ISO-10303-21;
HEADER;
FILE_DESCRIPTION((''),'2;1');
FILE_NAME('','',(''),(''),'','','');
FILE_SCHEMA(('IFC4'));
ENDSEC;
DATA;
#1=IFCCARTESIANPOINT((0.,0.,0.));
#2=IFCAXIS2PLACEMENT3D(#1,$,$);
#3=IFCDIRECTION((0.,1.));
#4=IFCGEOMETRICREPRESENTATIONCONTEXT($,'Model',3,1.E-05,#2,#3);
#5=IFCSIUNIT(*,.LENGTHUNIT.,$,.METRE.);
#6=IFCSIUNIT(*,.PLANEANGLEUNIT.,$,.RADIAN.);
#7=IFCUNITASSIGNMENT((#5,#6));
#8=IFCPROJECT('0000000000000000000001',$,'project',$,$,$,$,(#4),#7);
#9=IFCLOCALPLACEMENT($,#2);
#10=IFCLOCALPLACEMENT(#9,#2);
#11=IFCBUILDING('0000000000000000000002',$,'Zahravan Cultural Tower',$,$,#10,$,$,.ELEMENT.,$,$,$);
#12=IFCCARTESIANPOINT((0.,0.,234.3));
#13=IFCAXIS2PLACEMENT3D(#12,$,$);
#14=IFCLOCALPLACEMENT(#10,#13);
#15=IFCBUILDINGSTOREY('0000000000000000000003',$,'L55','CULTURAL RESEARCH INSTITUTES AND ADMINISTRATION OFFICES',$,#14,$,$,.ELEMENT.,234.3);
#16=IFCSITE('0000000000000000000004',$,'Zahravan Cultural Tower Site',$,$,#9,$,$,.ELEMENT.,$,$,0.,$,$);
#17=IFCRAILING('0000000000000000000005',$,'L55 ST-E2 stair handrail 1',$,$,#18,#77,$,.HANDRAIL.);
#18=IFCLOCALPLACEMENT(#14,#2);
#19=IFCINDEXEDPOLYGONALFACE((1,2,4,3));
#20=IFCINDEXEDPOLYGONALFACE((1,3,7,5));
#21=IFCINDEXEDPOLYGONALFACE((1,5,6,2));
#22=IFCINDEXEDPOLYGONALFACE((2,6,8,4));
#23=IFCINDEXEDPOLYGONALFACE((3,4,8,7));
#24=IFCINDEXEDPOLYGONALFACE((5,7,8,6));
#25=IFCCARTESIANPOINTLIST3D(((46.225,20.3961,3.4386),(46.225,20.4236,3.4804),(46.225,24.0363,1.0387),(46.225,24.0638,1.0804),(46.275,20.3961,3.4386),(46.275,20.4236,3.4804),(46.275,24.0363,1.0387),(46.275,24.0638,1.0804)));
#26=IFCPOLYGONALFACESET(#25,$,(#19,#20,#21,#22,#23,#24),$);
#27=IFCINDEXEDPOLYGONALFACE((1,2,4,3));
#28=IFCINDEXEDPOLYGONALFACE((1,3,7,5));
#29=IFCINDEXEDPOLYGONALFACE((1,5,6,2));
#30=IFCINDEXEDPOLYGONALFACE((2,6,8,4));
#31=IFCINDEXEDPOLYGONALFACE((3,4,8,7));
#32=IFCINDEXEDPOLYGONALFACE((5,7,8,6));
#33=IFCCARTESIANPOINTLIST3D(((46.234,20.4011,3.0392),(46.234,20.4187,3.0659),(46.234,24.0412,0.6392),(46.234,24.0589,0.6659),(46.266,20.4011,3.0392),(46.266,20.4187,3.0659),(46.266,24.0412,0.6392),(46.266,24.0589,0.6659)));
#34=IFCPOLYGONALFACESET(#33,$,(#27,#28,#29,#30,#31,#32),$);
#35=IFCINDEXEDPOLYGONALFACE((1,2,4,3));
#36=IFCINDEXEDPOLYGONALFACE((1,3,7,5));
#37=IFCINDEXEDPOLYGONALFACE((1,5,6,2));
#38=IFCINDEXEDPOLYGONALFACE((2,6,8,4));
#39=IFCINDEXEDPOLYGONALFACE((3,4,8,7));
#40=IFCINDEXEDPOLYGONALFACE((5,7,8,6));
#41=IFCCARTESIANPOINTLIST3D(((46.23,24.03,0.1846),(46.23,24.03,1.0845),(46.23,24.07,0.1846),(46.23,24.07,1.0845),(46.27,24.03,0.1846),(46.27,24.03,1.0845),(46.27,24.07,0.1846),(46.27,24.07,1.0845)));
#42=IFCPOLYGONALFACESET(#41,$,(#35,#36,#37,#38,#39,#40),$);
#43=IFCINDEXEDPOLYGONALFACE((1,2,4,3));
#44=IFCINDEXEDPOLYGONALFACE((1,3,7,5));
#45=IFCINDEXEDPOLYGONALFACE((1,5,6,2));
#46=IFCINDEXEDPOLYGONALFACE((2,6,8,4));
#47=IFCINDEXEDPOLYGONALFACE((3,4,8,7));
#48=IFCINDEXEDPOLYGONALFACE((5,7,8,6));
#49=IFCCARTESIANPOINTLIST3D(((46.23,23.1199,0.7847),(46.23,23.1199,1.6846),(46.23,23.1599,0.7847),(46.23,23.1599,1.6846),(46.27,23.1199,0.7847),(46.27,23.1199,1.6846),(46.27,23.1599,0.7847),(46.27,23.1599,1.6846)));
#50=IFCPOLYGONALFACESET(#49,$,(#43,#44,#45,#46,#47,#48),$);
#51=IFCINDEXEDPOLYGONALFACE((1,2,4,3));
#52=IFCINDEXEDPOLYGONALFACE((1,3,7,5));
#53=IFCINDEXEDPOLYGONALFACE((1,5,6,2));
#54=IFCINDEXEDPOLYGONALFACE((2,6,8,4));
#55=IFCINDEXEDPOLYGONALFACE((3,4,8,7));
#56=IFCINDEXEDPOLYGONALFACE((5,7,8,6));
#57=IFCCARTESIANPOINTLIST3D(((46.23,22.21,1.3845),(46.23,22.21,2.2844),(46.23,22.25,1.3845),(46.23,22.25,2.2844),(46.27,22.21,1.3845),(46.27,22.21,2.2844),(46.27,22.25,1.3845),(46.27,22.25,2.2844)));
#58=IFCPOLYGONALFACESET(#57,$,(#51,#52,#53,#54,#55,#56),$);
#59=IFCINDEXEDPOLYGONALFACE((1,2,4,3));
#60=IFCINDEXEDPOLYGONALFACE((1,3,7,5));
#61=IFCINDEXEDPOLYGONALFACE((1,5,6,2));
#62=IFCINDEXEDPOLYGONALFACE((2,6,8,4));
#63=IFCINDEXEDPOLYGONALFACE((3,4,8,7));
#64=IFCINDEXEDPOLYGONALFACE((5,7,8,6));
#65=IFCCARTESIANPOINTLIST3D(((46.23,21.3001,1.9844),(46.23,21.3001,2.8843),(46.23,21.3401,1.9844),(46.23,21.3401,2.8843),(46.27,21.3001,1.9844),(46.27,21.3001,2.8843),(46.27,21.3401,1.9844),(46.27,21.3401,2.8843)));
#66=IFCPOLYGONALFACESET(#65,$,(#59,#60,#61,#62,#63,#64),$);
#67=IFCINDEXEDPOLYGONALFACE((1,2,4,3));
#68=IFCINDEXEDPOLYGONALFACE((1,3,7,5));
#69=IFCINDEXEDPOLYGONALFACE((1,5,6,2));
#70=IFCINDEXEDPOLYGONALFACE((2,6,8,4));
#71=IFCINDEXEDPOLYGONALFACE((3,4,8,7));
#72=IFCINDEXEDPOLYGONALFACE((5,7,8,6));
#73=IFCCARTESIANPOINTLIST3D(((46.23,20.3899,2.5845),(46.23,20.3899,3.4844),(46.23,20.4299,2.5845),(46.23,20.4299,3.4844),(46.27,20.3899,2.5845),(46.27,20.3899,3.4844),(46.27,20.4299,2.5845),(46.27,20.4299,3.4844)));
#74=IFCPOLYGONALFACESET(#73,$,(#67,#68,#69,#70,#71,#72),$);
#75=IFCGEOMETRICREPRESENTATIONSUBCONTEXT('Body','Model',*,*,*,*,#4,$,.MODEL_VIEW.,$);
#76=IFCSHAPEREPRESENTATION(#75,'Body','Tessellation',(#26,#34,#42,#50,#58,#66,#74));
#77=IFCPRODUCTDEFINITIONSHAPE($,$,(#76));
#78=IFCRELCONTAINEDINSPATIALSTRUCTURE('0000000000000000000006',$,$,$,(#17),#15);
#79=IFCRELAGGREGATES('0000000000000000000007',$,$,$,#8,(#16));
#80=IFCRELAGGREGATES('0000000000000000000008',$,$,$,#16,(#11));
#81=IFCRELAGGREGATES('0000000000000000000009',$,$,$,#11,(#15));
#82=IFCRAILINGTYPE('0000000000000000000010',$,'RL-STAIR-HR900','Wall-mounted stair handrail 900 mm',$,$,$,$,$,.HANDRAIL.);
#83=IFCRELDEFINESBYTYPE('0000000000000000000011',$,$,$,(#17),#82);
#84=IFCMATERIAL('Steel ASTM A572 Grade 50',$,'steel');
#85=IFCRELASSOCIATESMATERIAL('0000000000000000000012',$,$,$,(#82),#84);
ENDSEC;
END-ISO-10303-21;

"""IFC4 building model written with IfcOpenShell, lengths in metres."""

from ifc_helpers import new_model, si_unit, direction, frame, origin, origin_2d, place, context, subcontext, project, spatial, rectangle, extrude, material, type_object, element, save


model = new_model("IFC4")

# Units and contexts
model_context = context("Model", 3, precision=1e-05, world=origin(), true_north=direction((0.0, 1.0)))
body_context = subcontext(model_context, "Body", "Model", "MODEL_VIEW")
ifc_project = project(units=[si_unit("LENGTHUNIT", "METRE"), si_unit("PLANEANGLEUNIT", "RADIAN")], contexts=[model_context])

# Site, building, storey
site_placement = place(None, origin())
site = spatial("IfcSite", under=ifc_project, at=site_placement, Name="Zahravan Cultural Tower Site", CompositionType="ELEMENT", RefElevation=0.0)
building_placement = place(site_placement, origin())
building = spatial("IfcBuilding", under=site, at=building_placement, Name="Zahravan Cultural Tower", CompositionType="ELEMENT")
storey_placement = place(building_placement, frame((0.0, 0.0, 234.3)))
storey = spatial("IfcBuildingStorey", under=building, at=storey_placement, Name="L55", Description="CULTURAL RESEARCH INSTITUTES AND ADMINISTRATION OFFICES", CompositionType="ELEMENT", Elevation=234.3)

# Shared definitions
ifc_material_1 = material(Name="Steel ASTM A572 Grade 50", Category="steel")

# Railing
railing_type = type_object("IfcRailingType", Name="RL-STAIR-HR900", Description="Wall-mounted stair handrail 900 mm", PredefinedType="HANDRAIL", material=ifc_material_1)
railing_placement = place(storey_placement, frame((46.25, 24.05, 0.1846)))
element("IfcRailing", 1, at=railing_placement, inside=storey, type_object=railing_type, Name="L55 ST-E2 stair handrail 1", PredefinedType="HANDRAIL", context=body_context, shape_type="SweptSolid", body=[
    extrude(rectangle(XDim=0.05, YDim=0.05, at=origin_2d()), frame((0.0, 0.0, 0.875), z_axis=(0.0, -0.834882, 0.550429), x_axis=(1.0, 0.0, 0.0)), (0.0, 0.0, 1.0), 4.3601),
    extrude(rectangle(XDim=0.032, YDim=0.032, at=origin_2d()), frame((0.0, 0.0, 0.468), z_axis=(0.0, -0.834882, 0.550429), x_axis=(1.0, 0.0, 0.0)), (0.0, 0.0, 1.0), 4.3601),
    extrude(rectangle(XDim=0.04, YDim=0.04, at=origin_2d()), origin(), (0.0, 0.0, 1.0), 0.8999),
    extrude(rectangle(XDim=0.04, YDim=0.04, at=origin_2d()), frame((0.0, -0.9102, 0.6001)), (0.0, 0.0, 1.0), 0.8999),
    extrude(rectangle(XDim=0.04, YDim=0.04, at=origin_2d()), frame((0.0, -1.8201, 1.2)), (0.0, 0.0, 1.0), 0.8999),
    extrude(rectangle(XDim=0.04, YDim=0.04, at=origin_2d()), frame((0.0, -2.73, 1.7998)), (0.0, 0.0, 1.0), 0.8999),
    extrude(rectangle(XDim=0.04, YDim=0.04, at=origin_2d()), frame((0.0, -3.6401, 2.3999)), (0.0, 0.0, 1.0), 0.8999),
])

save(model, "model.ifc")
